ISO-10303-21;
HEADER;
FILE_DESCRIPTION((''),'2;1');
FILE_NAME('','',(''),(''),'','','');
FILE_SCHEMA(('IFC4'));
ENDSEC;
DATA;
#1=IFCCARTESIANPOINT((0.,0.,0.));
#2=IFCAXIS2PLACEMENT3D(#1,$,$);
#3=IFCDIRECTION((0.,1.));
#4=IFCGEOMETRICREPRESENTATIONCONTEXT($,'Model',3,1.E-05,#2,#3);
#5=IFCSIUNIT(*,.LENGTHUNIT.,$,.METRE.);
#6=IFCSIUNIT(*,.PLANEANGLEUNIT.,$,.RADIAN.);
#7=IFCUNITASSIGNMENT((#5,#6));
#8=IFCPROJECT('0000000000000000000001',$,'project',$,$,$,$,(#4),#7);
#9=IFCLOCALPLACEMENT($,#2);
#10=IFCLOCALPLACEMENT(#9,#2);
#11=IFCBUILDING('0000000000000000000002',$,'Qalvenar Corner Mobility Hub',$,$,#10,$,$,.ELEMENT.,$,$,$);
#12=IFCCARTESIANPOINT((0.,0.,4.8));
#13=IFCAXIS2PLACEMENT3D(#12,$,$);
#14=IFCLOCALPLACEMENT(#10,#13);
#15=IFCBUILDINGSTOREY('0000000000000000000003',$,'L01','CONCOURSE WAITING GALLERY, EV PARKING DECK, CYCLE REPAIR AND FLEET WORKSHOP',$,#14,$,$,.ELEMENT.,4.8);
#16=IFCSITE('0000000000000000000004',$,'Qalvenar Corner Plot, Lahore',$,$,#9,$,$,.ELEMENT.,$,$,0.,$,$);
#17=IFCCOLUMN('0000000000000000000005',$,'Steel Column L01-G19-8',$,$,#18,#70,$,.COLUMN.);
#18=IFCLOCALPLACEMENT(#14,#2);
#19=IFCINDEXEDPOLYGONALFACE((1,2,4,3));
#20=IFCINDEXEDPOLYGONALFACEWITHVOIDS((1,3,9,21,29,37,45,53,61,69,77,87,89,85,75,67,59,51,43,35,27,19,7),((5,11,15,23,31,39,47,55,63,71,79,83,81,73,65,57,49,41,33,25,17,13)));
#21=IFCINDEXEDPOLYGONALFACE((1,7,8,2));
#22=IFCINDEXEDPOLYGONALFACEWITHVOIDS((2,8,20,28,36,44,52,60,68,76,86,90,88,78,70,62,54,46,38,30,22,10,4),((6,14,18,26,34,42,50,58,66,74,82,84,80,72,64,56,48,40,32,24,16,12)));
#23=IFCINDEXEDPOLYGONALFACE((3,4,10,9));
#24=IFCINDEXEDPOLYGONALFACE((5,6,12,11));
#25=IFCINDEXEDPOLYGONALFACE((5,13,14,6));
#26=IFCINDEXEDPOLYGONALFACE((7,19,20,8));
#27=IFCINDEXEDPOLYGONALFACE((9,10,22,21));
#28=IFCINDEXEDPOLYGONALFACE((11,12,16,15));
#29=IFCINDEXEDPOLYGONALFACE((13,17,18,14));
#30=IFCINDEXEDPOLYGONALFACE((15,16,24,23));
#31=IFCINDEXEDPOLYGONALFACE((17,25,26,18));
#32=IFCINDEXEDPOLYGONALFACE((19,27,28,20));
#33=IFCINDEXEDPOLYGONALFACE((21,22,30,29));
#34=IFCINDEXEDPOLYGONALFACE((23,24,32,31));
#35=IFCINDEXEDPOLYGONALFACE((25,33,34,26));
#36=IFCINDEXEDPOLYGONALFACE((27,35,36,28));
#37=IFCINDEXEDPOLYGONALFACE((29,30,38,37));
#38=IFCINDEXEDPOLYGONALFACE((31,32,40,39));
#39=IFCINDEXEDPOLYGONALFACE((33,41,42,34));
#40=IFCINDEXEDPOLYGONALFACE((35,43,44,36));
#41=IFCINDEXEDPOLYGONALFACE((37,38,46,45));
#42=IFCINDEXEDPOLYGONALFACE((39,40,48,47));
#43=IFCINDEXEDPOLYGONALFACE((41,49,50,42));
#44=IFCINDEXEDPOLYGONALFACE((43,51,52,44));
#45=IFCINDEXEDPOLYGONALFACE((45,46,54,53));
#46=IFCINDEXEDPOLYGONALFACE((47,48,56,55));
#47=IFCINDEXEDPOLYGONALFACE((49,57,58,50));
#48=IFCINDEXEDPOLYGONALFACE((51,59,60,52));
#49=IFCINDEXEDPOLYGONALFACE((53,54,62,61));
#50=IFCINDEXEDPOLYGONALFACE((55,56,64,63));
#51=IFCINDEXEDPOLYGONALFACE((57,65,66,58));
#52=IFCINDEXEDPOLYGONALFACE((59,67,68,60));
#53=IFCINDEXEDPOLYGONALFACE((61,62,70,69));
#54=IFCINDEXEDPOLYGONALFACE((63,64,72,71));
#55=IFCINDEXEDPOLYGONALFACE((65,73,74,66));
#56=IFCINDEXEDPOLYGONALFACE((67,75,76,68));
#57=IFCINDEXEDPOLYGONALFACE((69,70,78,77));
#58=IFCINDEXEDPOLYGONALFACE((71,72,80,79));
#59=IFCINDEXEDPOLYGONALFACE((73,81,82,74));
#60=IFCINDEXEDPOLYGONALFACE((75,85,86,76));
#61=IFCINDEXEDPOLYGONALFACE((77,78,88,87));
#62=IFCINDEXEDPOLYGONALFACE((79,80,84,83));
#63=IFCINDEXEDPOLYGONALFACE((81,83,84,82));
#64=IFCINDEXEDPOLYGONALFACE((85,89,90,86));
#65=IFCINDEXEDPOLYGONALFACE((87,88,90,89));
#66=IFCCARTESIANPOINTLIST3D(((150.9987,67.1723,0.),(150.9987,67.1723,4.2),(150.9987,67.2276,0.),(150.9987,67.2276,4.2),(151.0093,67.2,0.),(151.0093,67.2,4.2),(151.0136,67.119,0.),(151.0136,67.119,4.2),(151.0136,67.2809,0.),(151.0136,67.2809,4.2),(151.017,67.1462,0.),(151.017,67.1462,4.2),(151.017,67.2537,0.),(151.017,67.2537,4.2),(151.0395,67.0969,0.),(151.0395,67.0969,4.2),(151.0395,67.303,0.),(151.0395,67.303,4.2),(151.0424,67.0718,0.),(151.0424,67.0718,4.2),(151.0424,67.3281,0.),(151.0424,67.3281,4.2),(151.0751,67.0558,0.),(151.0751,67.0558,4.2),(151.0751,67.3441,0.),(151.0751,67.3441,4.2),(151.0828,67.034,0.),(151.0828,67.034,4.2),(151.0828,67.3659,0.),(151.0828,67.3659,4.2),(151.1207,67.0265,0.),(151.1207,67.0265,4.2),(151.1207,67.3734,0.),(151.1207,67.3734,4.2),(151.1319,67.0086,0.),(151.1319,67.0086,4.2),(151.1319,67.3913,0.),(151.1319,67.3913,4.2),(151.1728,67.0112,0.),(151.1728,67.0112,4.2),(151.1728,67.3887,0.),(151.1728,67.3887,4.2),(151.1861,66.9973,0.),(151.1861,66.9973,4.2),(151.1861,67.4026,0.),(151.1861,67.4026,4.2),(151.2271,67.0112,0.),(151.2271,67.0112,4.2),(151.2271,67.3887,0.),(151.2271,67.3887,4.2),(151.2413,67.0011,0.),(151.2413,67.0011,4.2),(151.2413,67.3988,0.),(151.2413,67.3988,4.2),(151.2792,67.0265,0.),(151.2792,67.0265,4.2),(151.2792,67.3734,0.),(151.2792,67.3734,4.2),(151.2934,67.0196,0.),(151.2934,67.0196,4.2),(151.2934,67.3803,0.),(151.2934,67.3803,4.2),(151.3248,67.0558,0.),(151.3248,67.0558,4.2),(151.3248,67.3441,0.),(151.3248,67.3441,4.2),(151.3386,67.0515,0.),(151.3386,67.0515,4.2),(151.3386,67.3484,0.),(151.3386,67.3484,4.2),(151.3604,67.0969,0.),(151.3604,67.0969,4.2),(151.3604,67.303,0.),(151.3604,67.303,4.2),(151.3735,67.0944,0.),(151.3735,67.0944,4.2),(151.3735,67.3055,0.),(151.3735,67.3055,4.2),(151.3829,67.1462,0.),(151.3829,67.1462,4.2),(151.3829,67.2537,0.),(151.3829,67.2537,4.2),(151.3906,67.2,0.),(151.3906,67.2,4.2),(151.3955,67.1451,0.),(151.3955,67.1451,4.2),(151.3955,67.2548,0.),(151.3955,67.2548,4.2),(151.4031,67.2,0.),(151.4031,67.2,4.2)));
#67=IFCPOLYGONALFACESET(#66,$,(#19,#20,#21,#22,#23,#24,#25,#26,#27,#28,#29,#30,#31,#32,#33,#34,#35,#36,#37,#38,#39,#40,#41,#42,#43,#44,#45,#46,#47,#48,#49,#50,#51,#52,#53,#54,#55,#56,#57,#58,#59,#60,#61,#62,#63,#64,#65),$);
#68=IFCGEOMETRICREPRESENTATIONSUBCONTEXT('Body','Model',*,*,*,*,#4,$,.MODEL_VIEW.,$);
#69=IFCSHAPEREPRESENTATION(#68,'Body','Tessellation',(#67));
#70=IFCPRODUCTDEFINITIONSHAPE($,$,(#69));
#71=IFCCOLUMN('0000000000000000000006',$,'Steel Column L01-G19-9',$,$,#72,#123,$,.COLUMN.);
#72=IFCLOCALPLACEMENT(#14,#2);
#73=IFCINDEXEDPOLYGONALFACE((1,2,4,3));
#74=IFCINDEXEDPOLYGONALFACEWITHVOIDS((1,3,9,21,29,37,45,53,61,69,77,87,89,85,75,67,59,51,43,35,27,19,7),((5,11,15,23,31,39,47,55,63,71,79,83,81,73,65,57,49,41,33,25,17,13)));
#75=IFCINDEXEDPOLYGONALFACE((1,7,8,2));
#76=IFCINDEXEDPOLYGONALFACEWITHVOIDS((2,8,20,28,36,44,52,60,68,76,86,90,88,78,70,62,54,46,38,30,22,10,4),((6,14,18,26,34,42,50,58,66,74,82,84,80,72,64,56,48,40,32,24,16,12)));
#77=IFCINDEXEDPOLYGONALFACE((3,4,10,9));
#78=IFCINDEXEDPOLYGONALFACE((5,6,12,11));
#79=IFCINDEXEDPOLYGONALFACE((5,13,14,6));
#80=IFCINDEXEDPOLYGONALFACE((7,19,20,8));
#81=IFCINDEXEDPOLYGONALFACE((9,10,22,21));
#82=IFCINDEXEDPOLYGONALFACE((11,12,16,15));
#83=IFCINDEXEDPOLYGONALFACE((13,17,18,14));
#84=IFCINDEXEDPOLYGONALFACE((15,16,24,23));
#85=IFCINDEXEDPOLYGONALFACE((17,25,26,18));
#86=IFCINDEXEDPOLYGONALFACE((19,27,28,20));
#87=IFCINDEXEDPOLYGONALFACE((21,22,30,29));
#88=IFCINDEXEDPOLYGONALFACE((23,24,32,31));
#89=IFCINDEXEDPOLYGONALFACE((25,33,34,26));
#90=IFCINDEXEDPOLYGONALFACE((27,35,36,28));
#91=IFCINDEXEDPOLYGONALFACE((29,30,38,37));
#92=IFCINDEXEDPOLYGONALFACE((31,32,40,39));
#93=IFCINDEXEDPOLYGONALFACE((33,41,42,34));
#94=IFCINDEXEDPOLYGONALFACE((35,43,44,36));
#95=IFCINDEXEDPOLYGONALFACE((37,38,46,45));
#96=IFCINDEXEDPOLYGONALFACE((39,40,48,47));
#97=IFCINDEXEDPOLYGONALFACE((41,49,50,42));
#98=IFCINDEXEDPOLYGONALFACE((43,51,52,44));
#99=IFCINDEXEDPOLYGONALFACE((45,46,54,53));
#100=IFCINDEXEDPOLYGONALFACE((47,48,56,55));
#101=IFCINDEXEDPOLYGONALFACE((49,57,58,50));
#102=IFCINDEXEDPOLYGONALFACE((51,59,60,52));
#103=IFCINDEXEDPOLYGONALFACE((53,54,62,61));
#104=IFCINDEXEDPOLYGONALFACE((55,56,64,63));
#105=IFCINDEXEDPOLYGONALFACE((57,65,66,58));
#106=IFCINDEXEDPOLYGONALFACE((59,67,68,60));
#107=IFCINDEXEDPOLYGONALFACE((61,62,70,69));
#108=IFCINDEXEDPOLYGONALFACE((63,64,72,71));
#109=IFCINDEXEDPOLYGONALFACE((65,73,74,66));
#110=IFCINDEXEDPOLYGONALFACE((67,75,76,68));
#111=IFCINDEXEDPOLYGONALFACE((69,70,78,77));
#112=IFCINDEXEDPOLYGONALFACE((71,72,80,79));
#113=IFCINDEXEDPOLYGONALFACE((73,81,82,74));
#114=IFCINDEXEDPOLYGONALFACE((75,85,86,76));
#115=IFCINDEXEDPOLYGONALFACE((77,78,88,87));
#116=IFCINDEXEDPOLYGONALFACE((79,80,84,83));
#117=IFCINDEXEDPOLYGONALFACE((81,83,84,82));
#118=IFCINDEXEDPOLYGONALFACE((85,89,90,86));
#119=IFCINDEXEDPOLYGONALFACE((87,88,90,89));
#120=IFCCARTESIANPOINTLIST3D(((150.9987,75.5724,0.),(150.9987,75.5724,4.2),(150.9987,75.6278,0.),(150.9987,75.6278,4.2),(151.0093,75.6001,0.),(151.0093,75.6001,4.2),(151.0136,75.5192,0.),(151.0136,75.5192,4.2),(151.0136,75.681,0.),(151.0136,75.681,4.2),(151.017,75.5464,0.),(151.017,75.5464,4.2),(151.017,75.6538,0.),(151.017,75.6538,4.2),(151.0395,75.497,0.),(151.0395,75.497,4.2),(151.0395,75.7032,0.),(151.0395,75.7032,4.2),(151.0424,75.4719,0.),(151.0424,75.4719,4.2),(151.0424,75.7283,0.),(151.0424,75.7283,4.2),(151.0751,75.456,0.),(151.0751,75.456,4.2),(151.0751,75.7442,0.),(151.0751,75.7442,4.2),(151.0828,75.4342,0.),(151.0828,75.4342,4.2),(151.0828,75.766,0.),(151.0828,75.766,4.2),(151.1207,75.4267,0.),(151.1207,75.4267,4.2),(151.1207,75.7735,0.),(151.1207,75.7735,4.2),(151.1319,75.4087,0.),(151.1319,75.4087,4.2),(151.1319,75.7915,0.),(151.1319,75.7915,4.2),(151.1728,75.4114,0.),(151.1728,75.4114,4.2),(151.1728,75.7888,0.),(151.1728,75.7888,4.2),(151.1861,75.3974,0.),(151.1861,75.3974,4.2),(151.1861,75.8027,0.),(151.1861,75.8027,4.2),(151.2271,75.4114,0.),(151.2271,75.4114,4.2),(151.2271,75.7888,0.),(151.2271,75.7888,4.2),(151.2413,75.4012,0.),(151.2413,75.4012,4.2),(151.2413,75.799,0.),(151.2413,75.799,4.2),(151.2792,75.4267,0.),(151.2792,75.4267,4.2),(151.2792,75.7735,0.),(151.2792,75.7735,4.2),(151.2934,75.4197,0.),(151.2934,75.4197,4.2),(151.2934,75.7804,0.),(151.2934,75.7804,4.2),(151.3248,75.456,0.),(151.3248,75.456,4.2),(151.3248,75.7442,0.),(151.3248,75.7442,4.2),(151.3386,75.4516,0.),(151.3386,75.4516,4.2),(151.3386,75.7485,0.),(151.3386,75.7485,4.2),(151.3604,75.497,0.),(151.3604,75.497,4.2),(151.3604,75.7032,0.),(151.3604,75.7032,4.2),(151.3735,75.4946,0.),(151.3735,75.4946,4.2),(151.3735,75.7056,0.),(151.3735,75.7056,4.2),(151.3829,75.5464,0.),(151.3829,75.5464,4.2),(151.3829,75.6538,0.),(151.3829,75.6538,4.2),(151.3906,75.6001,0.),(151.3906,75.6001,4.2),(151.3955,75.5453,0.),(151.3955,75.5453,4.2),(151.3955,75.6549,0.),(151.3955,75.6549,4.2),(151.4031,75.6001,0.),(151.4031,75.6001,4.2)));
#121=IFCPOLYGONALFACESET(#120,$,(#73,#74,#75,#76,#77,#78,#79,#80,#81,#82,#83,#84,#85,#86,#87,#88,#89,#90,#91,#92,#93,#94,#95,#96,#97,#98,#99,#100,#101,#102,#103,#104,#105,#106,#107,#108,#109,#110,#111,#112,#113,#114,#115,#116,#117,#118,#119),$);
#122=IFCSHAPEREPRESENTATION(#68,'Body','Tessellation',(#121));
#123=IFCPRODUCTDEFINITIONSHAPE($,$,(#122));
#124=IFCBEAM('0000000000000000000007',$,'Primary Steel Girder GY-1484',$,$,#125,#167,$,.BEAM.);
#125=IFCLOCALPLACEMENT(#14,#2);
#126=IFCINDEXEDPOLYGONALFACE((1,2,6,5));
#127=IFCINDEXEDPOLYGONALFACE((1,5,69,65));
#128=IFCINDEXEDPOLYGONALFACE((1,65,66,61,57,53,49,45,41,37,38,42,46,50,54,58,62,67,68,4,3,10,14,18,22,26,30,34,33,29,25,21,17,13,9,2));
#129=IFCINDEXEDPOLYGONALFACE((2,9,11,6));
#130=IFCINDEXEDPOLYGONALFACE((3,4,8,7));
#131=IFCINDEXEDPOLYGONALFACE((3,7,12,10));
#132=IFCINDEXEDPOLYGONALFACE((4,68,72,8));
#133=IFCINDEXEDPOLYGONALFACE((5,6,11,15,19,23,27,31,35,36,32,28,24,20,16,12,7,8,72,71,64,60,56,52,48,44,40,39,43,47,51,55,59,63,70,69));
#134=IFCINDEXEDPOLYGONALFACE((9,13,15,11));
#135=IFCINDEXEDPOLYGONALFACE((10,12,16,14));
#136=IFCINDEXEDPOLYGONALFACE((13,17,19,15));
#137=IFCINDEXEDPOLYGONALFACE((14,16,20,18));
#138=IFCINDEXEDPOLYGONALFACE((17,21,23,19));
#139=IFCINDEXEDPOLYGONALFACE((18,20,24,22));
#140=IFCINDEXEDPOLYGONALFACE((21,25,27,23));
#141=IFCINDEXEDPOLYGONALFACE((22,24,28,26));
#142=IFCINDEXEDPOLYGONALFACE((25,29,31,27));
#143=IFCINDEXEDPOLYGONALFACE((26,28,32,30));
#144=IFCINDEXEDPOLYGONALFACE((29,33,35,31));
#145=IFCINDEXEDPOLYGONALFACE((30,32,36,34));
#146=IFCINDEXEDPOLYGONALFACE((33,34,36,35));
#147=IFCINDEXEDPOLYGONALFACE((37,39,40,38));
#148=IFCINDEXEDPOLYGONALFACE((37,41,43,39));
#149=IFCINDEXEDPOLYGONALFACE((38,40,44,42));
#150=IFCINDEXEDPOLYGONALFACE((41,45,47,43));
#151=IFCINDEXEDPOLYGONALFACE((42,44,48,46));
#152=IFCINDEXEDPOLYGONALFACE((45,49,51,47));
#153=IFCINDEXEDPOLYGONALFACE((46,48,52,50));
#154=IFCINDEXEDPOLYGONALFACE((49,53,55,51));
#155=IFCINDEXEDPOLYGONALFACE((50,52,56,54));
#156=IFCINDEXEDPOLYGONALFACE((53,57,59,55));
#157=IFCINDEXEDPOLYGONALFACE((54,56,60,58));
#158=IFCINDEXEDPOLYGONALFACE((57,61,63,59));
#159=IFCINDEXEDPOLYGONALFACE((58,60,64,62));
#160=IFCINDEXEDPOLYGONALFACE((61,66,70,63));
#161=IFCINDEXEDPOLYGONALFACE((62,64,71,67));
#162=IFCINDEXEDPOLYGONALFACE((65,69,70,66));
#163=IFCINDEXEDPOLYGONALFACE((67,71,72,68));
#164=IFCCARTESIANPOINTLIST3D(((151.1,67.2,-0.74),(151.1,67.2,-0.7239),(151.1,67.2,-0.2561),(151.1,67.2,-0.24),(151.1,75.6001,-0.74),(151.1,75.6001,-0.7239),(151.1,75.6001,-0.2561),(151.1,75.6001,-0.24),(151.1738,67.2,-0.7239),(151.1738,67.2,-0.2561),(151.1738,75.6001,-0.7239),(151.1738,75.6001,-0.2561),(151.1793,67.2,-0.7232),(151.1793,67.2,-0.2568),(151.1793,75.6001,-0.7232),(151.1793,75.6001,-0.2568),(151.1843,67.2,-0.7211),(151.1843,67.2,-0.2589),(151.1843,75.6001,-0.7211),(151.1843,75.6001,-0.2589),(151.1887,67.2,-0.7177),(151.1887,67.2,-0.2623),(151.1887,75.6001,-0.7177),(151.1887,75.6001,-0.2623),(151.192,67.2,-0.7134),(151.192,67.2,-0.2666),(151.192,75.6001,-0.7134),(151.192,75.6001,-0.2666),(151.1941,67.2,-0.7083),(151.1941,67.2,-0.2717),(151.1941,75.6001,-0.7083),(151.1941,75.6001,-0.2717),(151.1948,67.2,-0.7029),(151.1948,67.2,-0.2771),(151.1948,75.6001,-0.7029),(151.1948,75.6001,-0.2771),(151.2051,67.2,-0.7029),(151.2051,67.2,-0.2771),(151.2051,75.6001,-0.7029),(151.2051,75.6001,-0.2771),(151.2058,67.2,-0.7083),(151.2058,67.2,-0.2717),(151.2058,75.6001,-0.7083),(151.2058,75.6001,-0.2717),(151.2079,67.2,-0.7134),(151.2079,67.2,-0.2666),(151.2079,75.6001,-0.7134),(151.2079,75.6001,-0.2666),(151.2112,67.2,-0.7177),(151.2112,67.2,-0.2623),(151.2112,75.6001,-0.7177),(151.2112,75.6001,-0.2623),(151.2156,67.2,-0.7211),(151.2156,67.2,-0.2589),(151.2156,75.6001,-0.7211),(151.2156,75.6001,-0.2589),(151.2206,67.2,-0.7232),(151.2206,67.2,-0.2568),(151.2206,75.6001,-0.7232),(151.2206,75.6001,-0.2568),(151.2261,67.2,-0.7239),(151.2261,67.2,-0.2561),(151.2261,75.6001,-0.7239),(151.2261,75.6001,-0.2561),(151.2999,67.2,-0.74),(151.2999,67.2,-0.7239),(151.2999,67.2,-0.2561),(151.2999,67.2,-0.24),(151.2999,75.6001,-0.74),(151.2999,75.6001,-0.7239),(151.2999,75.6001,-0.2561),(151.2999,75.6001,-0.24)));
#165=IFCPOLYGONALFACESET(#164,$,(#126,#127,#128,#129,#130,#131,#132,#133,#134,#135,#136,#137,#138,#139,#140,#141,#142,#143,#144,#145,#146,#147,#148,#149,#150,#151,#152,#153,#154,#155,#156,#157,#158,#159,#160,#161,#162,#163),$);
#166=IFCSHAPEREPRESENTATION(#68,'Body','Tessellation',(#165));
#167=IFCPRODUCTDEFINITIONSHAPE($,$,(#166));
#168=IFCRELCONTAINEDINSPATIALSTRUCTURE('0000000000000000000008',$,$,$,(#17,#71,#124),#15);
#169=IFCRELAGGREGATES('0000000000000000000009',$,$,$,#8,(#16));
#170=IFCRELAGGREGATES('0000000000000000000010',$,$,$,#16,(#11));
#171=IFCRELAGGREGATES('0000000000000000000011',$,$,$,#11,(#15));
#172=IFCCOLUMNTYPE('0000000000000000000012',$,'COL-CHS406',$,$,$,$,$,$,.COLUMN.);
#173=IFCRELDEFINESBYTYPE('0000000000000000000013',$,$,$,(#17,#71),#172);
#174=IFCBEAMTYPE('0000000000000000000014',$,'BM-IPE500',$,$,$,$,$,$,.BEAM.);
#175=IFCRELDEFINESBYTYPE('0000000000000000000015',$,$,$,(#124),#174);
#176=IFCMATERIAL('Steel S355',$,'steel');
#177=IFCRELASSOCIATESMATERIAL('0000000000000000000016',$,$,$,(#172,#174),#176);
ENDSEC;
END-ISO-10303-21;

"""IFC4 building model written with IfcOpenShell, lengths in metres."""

from ifc_helpers import new_model, si_unit, direction, frame, origin, origin_2d, place, context, subcontext, project, spatial, hollow_circle, i_section, extrude, material, material_profile, profile_set, type_object, element, save


model = new_model("IFC4")

# Units and contexts
model_context = context("Model", 3, precision=1e-05, world=origin(), true_north=direction((0.0, 1.0)))
body_context = subcontext(model_context, "Body", "Model", "MODEL_VIEW")
ifc_project = project(units=[si_unit("LENGTHUNIT", "METRE"), si_unit("PLANEANGLEUNIT", "RADIAN")], contexts=[model_context])

# Site, building, storey
site_placement = place(None, origin())
site = spatial("IfcSite", under=ifc_project, at=site_placement, Name="Qalvenar Corner Plot, Lahore", CompositionType="ELEMENT", RefElevation=0.0)
building_placement = place(site_placement, origin())
building = spatial("IfcBuilding", under=site, at=building_placement, Name="Qalvenar Corner Mobility Hub", CompositionType="ELEMENT")
storey_placement = place(building_placement, frame((0.0, 0.0, 4.8)))
storey = spatial("IfcBuildingStorey", under=building, at=storey_placement, Name="L01", Description="CONCOURSE WAITING GALLERY, EV PARKING DECK, CYCLE REPAIR AND FLEET WORKSHOP", CompositionType="ELEMENT", Elevation=4.8)

# Columns
ifc_material_1 = material(Name="Steel S355", Category="steel")
ifc_material_profile_1 = material_profile(ifc_material_1, hollow_circle(Radius=0.2031, WallThickness=0.0125, at=origin_2d()), Name="CHS406.4x12.5")
ifc_profile_set_1 = profile_set([ifc_material_profile_1], Name="Steel S355")
column_type = type_object("IfcColumnType", Name="COL-CHS406", PredefinedType="COLUMN", material=ifc_profile_set_1)
for number, where, z_axis, x_axis, name in (
    (1, (151.2, 67.2, 0.0), (0.0, 0.0, 1.0), (1.0, 0.0, 0.0), "Steel Column L01-G19-8"),
    (2, (151.2, 75.6001, 0.0), (0.0, 0.0, 1.0), (1.0, 0.0, 0.0), "Steel Column L01-G19-9"),
):
    element("IfcColumn", number, at=place(storey_placement, frame(where, z_axis=z_axis, x_axis=x_axis)), inside=storey, type_object=column_type, Name=name, PredefinedType="COLUMN", context=body_context, shape_type="SweptSolid", body=[
        extrude(hollow_circle(Radius=0.2031, WallThickness=0.0125, at=origin_2d()), origin(), (0.0, 0.0, 1.0), 4.2),
    ])

# Beam
ifc_material_profile_2 = material_profile(ifc_material_1, i_section(OverallWidth=0.2, OverallDepth=0.5, WebThickness=0.0103, FlangeThickness=0.0161, FilletRadius=0.021, at=origin_2d()), Name="IPE500")
ifc_profile_set_2 = profile_set([ifc_material_profile_2], Name="Steel S355")
beam_type_1 = type_object("IfcBeamType", Name="BM-IPE500", PredefinedType="BEAM", material=ifc_profile_set_2)
beam_1_placement = place(storey_placement, frame((151.2, 67.2, -0.49), z_axis=(0.0, 1.0, 0.0), x_axis=(-1.0, 0.0, 0.0)))
element("IfcBeam", 3, at=beam_1_placement, inside=storey, type_object=beam_type_1, Name="Primary Steel Girder GY-1484", PredefinedType="BEAM", context=body_context, shape_type="SweptSolid", body=[
    extrude(i_section(OverallWidth=0.2, OverallDepth=0.5, WebThickness=0.0103, FlangeThickness=0.0161, FilletRadius=0.021, at=origin_2d()), origin(), (0.0, 0.0, 1.0), 8.4001),
])

save(model, "model.ifc")
